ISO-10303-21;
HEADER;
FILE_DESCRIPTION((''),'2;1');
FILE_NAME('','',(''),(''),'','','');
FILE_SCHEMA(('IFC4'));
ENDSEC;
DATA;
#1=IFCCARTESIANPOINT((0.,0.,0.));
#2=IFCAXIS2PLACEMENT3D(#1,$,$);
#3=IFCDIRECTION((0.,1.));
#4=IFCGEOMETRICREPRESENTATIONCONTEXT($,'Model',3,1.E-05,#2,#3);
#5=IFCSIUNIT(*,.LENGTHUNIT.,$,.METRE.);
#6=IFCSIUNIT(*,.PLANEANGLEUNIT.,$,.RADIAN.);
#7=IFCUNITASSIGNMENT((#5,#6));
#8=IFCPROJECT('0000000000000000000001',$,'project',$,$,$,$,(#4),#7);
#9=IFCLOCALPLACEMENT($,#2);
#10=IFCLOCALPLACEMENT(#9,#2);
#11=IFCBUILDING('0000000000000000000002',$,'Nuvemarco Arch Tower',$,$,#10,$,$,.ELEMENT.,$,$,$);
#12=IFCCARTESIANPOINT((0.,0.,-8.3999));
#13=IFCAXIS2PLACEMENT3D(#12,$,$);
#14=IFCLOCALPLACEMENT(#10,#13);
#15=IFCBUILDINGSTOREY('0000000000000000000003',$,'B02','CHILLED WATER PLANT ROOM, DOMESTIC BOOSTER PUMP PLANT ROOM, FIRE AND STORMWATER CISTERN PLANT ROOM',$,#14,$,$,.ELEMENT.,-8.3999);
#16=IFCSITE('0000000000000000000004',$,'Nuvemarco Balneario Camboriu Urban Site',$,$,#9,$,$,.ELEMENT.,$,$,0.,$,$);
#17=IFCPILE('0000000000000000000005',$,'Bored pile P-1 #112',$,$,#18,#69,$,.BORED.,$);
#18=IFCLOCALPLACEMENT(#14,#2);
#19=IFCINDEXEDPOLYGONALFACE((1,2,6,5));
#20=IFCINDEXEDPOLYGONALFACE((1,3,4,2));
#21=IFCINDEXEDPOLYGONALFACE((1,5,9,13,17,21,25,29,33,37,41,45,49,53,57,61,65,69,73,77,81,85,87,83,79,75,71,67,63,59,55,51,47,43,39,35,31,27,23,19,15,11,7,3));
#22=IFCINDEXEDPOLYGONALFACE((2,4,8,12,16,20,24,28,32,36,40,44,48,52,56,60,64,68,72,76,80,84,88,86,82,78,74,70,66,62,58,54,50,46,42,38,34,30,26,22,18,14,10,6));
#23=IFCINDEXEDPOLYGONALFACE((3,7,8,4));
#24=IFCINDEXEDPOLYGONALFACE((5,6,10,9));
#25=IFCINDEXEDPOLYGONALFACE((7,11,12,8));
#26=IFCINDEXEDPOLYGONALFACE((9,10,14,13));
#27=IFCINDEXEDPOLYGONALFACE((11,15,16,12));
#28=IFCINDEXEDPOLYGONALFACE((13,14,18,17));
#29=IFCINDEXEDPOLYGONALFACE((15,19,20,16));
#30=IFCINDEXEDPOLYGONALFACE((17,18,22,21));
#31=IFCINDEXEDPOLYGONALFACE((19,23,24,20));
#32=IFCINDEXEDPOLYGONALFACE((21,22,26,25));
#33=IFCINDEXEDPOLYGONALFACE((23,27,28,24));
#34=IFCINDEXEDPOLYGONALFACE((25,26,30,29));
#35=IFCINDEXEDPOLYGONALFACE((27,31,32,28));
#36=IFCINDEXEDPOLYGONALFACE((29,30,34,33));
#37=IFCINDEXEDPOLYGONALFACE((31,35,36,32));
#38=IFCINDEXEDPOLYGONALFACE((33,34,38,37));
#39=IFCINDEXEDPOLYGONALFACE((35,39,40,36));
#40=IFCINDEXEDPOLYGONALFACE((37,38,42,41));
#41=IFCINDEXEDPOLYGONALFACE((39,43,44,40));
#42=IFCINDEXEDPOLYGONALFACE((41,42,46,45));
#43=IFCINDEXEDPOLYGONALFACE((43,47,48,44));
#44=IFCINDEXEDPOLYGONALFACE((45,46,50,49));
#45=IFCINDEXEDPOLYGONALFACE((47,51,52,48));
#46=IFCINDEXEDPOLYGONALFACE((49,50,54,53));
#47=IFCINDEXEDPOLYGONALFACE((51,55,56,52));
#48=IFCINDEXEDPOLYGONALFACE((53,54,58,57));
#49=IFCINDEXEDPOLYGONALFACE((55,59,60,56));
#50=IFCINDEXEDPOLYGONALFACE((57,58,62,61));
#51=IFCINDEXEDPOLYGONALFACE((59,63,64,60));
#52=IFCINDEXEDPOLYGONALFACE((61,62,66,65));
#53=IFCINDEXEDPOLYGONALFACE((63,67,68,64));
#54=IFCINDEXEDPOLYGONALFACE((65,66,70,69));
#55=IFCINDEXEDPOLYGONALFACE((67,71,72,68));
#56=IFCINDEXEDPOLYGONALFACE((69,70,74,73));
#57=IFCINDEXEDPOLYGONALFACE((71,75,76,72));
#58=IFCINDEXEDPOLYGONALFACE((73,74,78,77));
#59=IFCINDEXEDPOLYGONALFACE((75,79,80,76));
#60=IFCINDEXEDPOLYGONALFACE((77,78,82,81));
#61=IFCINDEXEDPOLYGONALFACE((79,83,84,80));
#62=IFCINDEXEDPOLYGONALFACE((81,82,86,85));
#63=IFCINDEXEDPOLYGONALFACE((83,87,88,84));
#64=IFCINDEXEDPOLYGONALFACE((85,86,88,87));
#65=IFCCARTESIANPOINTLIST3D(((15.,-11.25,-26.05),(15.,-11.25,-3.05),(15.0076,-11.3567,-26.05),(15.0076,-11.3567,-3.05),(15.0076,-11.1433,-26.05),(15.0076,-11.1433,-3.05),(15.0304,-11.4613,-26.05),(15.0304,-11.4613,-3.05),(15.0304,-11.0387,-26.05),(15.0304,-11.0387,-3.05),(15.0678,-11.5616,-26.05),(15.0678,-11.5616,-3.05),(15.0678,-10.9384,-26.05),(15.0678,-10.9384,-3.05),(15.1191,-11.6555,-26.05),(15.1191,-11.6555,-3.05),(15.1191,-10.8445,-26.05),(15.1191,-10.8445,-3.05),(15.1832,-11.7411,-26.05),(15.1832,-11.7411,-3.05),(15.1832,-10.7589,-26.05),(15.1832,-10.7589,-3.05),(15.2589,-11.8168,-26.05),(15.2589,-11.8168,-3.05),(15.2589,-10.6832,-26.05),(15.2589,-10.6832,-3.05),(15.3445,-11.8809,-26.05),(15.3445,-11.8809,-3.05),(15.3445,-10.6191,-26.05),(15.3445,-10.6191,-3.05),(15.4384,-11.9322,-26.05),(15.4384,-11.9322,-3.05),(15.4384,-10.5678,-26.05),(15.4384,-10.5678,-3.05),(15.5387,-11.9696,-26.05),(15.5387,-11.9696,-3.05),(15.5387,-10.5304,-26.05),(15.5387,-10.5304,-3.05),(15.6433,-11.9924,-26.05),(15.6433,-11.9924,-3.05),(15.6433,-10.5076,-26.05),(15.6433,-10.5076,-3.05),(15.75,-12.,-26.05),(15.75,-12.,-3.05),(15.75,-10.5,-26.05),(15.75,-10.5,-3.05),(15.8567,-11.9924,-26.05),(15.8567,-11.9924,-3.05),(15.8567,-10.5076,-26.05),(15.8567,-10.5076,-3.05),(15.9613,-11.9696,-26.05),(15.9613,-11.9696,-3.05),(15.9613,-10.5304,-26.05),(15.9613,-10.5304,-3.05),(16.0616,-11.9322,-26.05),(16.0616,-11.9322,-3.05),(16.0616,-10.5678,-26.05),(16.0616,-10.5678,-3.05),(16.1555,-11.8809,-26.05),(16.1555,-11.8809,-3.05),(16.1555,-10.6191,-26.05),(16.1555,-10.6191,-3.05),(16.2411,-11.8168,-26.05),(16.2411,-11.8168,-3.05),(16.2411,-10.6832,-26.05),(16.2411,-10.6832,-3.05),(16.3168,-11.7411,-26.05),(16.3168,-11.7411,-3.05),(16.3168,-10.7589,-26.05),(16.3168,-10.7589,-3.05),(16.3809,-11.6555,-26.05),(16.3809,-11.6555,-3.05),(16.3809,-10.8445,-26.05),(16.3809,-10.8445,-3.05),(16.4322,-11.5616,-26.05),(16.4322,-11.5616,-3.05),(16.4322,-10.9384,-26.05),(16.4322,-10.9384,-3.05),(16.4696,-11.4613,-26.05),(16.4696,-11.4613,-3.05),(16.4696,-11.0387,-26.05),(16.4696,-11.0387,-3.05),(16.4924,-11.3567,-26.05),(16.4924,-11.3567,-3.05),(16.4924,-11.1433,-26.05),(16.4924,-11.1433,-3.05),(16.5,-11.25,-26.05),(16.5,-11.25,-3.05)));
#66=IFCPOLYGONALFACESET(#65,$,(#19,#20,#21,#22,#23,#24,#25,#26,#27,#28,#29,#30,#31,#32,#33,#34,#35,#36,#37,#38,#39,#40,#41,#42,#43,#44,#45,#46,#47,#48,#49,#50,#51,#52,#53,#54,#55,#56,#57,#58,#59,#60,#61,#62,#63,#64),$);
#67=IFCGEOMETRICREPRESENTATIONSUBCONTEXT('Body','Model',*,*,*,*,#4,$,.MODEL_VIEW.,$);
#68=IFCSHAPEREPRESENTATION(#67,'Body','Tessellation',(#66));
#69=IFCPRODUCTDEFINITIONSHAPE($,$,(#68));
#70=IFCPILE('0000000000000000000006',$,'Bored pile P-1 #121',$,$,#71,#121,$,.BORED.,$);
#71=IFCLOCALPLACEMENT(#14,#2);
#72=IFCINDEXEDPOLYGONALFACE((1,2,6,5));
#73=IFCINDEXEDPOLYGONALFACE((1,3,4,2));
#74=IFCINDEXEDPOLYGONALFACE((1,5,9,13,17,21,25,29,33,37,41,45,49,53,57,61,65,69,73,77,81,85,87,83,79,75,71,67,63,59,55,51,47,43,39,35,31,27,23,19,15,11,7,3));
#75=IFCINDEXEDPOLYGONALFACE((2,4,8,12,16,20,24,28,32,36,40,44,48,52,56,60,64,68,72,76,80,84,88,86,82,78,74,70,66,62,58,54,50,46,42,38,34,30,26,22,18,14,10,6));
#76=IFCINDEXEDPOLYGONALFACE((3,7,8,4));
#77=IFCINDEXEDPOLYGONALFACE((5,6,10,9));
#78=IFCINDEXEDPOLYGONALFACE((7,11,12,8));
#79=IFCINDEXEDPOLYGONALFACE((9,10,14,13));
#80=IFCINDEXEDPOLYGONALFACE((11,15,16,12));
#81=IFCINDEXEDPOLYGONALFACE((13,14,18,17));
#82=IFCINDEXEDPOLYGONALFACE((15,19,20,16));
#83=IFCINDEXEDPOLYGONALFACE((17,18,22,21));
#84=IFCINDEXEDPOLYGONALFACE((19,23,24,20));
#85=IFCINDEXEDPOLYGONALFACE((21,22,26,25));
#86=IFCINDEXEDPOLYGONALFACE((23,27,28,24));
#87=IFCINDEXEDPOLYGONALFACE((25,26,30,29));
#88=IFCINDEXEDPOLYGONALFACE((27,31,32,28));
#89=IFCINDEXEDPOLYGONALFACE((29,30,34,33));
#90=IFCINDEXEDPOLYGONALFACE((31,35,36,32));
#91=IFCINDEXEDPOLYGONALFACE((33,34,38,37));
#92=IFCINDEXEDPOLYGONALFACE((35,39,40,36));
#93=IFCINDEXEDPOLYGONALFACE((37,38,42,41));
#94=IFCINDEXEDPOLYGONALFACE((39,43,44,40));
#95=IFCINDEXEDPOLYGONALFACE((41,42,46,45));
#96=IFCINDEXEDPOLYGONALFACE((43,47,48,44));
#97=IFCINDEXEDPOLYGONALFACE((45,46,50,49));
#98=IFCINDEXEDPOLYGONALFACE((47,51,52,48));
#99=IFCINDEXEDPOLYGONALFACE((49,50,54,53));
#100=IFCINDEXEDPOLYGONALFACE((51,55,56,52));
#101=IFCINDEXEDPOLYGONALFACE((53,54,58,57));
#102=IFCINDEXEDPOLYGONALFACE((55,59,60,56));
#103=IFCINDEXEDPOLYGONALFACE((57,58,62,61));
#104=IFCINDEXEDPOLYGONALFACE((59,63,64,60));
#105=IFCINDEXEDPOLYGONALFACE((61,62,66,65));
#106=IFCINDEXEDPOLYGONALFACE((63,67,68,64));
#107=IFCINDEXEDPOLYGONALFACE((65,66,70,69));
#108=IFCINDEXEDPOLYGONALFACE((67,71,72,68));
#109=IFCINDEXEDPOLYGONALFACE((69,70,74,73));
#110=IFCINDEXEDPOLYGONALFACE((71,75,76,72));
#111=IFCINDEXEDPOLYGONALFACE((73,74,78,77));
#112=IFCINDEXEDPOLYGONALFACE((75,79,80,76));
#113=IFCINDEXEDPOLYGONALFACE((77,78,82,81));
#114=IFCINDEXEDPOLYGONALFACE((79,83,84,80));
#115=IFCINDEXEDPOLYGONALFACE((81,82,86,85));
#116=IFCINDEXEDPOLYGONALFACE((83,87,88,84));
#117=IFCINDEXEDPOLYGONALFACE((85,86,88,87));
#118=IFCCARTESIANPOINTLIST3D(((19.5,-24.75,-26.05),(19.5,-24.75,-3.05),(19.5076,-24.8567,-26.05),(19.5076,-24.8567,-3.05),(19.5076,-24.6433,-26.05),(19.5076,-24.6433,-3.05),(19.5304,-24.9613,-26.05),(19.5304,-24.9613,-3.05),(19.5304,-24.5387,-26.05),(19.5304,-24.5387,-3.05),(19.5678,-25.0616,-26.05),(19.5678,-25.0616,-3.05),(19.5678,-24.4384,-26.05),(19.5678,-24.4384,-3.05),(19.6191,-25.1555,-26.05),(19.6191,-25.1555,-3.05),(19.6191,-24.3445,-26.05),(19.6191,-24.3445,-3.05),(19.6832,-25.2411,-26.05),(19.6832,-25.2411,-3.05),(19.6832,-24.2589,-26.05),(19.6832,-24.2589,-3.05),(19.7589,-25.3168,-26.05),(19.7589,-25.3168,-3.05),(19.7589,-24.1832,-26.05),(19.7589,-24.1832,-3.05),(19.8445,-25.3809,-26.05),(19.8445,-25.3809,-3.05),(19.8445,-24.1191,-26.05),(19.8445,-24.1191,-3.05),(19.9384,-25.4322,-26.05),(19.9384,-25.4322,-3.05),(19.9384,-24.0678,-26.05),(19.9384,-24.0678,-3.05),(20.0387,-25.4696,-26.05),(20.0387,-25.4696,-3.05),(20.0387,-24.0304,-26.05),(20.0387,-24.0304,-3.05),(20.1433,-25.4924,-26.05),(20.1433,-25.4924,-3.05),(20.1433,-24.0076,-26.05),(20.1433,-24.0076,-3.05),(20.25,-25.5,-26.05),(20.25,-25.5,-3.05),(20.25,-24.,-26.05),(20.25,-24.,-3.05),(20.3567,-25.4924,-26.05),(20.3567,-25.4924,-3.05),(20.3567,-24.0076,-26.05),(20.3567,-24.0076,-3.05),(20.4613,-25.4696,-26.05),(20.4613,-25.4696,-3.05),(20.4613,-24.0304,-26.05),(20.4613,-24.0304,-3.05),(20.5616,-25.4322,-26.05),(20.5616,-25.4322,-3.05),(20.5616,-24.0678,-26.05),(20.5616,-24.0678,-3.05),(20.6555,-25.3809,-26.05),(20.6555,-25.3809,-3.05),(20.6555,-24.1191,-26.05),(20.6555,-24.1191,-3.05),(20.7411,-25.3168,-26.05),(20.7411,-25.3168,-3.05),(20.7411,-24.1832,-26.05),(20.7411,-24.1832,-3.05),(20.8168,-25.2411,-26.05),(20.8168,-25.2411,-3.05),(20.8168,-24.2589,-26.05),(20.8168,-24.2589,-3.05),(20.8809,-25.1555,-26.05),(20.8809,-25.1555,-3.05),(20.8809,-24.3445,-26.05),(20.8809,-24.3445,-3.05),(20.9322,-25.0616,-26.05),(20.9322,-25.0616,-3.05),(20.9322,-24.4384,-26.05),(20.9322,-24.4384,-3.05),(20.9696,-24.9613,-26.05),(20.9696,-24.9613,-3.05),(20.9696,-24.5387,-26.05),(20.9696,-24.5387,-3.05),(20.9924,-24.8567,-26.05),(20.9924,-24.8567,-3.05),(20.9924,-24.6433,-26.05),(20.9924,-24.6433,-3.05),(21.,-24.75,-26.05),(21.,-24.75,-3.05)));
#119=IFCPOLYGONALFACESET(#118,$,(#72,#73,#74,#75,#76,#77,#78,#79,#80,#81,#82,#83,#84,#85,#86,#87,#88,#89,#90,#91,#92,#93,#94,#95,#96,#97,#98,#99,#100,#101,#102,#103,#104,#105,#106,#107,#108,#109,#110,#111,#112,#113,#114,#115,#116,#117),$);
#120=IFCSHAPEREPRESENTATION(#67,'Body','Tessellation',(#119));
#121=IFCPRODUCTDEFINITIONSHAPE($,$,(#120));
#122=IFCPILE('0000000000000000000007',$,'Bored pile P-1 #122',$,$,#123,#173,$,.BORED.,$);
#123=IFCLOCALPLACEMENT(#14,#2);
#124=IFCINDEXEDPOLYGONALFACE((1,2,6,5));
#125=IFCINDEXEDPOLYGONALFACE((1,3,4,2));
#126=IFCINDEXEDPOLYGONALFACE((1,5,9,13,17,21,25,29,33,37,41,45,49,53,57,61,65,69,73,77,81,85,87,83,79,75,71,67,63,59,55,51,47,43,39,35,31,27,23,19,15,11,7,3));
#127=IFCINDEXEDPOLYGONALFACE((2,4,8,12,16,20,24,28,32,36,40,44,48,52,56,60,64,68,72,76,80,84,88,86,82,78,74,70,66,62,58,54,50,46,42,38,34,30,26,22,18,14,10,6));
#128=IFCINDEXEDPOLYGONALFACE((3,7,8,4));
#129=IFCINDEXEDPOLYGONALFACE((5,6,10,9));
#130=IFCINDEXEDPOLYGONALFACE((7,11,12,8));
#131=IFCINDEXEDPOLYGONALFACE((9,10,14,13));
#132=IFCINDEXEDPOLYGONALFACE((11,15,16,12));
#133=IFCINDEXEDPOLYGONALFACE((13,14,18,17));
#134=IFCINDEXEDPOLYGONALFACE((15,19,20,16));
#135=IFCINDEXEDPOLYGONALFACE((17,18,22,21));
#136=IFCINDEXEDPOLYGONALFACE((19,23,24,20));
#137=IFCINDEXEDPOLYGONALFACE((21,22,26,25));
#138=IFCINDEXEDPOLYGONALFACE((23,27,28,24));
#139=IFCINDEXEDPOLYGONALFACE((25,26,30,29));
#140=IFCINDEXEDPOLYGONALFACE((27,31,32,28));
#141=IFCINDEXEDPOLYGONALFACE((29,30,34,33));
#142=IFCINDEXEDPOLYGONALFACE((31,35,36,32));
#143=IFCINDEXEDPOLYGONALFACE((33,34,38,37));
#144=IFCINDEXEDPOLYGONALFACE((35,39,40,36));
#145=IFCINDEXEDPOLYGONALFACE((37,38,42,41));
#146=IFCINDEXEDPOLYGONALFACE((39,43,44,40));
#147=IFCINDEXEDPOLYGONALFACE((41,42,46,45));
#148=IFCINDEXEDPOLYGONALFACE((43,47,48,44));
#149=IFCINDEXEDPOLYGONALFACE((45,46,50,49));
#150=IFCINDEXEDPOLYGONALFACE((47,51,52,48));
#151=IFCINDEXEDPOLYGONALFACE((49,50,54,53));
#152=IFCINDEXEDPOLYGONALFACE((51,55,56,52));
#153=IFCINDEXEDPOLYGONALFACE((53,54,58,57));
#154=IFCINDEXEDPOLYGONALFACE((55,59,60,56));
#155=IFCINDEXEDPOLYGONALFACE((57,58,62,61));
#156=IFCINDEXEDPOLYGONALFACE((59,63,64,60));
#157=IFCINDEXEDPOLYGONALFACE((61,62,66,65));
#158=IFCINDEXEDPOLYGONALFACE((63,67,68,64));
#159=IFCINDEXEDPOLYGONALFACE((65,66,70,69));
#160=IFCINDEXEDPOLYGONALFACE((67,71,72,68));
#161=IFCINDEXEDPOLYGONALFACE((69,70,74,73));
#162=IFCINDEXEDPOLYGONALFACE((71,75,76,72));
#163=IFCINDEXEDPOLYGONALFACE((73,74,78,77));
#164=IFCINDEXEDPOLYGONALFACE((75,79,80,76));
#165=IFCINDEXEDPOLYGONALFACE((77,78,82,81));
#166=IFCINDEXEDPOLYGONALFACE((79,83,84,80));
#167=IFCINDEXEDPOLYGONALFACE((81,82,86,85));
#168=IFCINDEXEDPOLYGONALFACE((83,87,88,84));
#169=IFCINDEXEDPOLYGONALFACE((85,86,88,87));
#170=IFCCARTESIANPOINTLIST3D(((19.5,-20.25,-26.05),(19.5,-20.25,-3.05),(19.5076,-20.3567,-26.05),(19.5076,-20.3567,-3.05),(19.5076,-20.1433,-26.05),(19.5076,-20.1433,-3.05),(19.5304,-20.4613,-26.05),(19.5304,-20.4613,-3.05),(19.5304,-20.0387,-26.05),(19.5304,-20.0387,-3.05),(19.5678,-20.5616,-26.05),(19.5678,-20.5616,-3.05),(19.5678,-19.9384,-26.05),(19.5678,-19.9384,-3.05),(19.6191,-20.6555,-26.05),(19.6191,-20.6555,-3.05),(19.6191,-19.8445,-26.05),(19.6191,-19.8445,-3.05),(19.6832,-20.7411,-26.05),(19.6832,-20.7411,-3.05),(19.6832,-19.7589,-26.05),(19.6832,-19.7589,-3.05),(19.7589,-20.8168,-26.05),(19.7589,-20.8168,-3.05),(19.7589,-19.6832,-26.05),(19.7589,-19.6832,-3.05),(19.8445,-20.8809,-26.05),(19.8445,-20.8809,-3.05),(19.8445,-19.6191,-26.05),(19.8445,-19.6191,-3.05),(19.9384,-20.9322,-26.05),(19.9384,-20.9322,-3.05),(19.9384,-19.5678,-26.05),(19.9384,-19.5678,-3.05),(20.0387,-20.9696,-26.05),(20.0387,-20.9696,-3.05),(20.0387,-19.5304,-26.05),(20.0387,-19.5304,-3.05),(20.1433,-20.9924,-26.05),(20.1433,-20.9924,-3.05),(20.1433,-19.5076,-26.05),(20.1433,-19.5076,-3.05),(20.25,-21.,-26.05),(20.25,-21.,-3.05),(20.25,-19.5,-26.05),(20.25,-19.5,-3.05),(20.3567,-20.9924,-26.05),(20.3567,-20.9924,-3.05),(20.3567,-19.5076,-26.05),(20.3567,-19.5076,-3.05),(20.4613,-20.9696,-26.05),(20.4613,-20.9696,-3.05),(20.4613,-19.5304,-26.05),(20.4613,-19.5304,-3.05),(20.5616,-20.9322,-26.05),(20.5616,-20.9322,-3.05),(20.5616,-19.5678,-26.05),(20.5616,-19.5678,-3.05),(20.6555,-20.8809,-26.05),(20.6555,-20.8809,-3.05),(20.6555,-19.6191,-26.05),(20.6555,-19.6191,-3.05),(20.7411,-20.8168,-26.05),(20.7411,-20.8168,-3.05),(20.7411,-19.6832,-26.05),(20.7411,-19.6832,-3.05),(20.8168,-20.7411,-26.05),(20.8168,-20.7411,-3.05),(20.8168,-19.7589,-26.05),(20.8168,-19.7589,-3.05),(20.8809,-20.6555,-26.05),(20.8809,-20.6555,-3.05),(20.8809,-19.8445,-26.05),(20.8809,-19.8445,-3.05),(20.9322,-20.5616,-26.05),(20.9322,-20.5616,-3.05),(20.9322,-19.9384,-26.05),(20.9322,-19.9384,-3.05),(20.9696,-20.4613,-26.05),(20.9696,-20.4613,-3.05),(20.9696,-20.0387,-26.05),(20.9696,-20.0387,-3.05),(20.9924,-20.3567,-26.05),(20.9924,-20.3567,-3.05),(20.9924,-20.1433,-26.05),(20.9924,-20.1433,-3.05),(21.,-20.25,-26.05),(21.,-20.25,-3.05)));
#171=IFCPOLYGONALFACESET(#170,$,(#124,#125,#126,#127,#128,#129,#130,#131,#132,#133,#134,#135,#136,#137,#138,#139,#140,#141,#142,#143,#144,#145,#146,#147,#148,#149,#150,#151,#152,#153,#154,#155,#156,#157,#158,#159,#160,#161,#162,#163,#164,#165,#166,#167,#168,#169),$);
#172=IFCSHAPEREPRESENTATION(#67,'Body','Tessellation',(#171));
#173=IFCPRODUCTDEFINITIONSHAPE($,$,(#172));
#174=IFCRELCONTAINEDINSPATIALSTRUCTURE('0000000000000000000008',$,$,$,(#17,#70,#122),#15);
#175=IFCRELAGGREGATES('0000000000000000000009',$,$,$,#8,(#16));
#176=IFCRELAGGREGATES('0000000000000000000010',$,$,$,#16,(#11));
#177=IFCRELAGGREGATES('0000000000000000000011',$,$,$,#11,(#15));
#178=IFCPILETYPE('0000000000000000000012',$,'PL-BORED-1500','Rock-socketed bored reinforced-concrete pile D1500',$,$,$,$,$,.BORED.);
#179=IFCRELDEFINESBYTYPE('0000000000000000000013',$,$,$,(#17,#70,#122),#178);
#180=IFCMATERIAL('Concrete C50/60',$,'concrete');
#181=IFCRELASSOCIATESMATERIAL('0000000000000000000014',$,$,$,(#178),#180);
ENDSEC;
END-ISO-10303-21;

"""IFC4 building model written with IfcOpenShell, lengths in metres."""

from ifc_helpers import new_model, si_unit, direction, frame, origin, origin_2d, place, context, subcontext, project, spatial, circle, extrude, material, material_profile, profile_set, type_object, element, save


model = new_model("IFC4")

# Units and contexts
model_context = context("Model", 3, precision=1e-05, world=origin(), true_north=direction((0.0, 1.0)))
body_context = subcontext(model_context, "Body", "Model", "MODEL_VIEW")
ifc_project = project(units=[si_unit("LENGTHUNIT", "METRE"), si_unit("PLANEANGLEUNIT", "RADIAN")], contexts=[model_context])

# Site, building, storey
site_placement = place(None, origin())
site = spatial("IfcSite", under=ifc_project, at=site_placement, Name="Nuvemarco Balneario Camboriu Urban Site", CompositionType="ELEMENT", RefElevation=0.0)
building_placement = place(site_placement, origin())
building = spatial("IfcBuilding", under=site, at=building_placement, Name="Nuvemarco Arch Tower", CompositionType="ELEMENT")
storey_placement = place(building_placement, frame((0.0, 0.0, -8.3999)))
storey = spatial("IfcBuildingStorey", under=building, at=storey_placement, Name="B02", Description="CHILLED WATER PLANT ROOM, DOMESTIC BOOSTER PUMP PLANT ROOM, FIRE AND STORMWATER CISTERN PLANT ROOM", CompositionType="ELEMENT", Elevation=-8.3999)

# Piles
ifc_material_1 = material(Name="Concrete C50/60", Category="concrete")
ifc_material_profile_1 = material_profile(ifc_material_1, circle(Radius=0.75, at=origin_2d()), Name="PILE-D1500")
ifc_profile_set_1 = profile_set([ifc_material_profile_1], Name="Concrete C50/60")
pile_type = type_object("IfcPileType", Name="PL-BORED-1500", Description="Rock-socketed bored reinforced-concrete pile D1500", PredefinedType="BORED", material=ifc_profile_set_1)
for number, where, z_axis, x_axis, name in (
    (1, (15.75, -11.25, -3.05), (0.0, 0.0, -1.0), (1.0, 0.0, 0.0), "Bored pile P-1 #112"),
    (2, (20.25, -24.75, -3.05), (0.0, 0.0, -1.0), (1.0, 0.0, 0.0), "Bored pile P-1 #121"),
    (3, (20.25, -20.25, -3.05), (0.0, 0.0, -1.0), (1.0, 0.0, 0.0), "Bored pile P-1 #122"),
):
    element("IfcPile", number, at=place(storey_placement, frame(where, z_axis=z_axis, x_axis=x_axis)), inside=storey, type_object=pile_type, Name=name, PredefinedType="BORED", context=body_context, shape_type="SweptSolid", body=[
        extrude(circle(Radius=0.75, at=origin_2d()), origin(), (0.0, 0.0, 1.0), 23.0),
    ])

save(model, "model.ifc")
